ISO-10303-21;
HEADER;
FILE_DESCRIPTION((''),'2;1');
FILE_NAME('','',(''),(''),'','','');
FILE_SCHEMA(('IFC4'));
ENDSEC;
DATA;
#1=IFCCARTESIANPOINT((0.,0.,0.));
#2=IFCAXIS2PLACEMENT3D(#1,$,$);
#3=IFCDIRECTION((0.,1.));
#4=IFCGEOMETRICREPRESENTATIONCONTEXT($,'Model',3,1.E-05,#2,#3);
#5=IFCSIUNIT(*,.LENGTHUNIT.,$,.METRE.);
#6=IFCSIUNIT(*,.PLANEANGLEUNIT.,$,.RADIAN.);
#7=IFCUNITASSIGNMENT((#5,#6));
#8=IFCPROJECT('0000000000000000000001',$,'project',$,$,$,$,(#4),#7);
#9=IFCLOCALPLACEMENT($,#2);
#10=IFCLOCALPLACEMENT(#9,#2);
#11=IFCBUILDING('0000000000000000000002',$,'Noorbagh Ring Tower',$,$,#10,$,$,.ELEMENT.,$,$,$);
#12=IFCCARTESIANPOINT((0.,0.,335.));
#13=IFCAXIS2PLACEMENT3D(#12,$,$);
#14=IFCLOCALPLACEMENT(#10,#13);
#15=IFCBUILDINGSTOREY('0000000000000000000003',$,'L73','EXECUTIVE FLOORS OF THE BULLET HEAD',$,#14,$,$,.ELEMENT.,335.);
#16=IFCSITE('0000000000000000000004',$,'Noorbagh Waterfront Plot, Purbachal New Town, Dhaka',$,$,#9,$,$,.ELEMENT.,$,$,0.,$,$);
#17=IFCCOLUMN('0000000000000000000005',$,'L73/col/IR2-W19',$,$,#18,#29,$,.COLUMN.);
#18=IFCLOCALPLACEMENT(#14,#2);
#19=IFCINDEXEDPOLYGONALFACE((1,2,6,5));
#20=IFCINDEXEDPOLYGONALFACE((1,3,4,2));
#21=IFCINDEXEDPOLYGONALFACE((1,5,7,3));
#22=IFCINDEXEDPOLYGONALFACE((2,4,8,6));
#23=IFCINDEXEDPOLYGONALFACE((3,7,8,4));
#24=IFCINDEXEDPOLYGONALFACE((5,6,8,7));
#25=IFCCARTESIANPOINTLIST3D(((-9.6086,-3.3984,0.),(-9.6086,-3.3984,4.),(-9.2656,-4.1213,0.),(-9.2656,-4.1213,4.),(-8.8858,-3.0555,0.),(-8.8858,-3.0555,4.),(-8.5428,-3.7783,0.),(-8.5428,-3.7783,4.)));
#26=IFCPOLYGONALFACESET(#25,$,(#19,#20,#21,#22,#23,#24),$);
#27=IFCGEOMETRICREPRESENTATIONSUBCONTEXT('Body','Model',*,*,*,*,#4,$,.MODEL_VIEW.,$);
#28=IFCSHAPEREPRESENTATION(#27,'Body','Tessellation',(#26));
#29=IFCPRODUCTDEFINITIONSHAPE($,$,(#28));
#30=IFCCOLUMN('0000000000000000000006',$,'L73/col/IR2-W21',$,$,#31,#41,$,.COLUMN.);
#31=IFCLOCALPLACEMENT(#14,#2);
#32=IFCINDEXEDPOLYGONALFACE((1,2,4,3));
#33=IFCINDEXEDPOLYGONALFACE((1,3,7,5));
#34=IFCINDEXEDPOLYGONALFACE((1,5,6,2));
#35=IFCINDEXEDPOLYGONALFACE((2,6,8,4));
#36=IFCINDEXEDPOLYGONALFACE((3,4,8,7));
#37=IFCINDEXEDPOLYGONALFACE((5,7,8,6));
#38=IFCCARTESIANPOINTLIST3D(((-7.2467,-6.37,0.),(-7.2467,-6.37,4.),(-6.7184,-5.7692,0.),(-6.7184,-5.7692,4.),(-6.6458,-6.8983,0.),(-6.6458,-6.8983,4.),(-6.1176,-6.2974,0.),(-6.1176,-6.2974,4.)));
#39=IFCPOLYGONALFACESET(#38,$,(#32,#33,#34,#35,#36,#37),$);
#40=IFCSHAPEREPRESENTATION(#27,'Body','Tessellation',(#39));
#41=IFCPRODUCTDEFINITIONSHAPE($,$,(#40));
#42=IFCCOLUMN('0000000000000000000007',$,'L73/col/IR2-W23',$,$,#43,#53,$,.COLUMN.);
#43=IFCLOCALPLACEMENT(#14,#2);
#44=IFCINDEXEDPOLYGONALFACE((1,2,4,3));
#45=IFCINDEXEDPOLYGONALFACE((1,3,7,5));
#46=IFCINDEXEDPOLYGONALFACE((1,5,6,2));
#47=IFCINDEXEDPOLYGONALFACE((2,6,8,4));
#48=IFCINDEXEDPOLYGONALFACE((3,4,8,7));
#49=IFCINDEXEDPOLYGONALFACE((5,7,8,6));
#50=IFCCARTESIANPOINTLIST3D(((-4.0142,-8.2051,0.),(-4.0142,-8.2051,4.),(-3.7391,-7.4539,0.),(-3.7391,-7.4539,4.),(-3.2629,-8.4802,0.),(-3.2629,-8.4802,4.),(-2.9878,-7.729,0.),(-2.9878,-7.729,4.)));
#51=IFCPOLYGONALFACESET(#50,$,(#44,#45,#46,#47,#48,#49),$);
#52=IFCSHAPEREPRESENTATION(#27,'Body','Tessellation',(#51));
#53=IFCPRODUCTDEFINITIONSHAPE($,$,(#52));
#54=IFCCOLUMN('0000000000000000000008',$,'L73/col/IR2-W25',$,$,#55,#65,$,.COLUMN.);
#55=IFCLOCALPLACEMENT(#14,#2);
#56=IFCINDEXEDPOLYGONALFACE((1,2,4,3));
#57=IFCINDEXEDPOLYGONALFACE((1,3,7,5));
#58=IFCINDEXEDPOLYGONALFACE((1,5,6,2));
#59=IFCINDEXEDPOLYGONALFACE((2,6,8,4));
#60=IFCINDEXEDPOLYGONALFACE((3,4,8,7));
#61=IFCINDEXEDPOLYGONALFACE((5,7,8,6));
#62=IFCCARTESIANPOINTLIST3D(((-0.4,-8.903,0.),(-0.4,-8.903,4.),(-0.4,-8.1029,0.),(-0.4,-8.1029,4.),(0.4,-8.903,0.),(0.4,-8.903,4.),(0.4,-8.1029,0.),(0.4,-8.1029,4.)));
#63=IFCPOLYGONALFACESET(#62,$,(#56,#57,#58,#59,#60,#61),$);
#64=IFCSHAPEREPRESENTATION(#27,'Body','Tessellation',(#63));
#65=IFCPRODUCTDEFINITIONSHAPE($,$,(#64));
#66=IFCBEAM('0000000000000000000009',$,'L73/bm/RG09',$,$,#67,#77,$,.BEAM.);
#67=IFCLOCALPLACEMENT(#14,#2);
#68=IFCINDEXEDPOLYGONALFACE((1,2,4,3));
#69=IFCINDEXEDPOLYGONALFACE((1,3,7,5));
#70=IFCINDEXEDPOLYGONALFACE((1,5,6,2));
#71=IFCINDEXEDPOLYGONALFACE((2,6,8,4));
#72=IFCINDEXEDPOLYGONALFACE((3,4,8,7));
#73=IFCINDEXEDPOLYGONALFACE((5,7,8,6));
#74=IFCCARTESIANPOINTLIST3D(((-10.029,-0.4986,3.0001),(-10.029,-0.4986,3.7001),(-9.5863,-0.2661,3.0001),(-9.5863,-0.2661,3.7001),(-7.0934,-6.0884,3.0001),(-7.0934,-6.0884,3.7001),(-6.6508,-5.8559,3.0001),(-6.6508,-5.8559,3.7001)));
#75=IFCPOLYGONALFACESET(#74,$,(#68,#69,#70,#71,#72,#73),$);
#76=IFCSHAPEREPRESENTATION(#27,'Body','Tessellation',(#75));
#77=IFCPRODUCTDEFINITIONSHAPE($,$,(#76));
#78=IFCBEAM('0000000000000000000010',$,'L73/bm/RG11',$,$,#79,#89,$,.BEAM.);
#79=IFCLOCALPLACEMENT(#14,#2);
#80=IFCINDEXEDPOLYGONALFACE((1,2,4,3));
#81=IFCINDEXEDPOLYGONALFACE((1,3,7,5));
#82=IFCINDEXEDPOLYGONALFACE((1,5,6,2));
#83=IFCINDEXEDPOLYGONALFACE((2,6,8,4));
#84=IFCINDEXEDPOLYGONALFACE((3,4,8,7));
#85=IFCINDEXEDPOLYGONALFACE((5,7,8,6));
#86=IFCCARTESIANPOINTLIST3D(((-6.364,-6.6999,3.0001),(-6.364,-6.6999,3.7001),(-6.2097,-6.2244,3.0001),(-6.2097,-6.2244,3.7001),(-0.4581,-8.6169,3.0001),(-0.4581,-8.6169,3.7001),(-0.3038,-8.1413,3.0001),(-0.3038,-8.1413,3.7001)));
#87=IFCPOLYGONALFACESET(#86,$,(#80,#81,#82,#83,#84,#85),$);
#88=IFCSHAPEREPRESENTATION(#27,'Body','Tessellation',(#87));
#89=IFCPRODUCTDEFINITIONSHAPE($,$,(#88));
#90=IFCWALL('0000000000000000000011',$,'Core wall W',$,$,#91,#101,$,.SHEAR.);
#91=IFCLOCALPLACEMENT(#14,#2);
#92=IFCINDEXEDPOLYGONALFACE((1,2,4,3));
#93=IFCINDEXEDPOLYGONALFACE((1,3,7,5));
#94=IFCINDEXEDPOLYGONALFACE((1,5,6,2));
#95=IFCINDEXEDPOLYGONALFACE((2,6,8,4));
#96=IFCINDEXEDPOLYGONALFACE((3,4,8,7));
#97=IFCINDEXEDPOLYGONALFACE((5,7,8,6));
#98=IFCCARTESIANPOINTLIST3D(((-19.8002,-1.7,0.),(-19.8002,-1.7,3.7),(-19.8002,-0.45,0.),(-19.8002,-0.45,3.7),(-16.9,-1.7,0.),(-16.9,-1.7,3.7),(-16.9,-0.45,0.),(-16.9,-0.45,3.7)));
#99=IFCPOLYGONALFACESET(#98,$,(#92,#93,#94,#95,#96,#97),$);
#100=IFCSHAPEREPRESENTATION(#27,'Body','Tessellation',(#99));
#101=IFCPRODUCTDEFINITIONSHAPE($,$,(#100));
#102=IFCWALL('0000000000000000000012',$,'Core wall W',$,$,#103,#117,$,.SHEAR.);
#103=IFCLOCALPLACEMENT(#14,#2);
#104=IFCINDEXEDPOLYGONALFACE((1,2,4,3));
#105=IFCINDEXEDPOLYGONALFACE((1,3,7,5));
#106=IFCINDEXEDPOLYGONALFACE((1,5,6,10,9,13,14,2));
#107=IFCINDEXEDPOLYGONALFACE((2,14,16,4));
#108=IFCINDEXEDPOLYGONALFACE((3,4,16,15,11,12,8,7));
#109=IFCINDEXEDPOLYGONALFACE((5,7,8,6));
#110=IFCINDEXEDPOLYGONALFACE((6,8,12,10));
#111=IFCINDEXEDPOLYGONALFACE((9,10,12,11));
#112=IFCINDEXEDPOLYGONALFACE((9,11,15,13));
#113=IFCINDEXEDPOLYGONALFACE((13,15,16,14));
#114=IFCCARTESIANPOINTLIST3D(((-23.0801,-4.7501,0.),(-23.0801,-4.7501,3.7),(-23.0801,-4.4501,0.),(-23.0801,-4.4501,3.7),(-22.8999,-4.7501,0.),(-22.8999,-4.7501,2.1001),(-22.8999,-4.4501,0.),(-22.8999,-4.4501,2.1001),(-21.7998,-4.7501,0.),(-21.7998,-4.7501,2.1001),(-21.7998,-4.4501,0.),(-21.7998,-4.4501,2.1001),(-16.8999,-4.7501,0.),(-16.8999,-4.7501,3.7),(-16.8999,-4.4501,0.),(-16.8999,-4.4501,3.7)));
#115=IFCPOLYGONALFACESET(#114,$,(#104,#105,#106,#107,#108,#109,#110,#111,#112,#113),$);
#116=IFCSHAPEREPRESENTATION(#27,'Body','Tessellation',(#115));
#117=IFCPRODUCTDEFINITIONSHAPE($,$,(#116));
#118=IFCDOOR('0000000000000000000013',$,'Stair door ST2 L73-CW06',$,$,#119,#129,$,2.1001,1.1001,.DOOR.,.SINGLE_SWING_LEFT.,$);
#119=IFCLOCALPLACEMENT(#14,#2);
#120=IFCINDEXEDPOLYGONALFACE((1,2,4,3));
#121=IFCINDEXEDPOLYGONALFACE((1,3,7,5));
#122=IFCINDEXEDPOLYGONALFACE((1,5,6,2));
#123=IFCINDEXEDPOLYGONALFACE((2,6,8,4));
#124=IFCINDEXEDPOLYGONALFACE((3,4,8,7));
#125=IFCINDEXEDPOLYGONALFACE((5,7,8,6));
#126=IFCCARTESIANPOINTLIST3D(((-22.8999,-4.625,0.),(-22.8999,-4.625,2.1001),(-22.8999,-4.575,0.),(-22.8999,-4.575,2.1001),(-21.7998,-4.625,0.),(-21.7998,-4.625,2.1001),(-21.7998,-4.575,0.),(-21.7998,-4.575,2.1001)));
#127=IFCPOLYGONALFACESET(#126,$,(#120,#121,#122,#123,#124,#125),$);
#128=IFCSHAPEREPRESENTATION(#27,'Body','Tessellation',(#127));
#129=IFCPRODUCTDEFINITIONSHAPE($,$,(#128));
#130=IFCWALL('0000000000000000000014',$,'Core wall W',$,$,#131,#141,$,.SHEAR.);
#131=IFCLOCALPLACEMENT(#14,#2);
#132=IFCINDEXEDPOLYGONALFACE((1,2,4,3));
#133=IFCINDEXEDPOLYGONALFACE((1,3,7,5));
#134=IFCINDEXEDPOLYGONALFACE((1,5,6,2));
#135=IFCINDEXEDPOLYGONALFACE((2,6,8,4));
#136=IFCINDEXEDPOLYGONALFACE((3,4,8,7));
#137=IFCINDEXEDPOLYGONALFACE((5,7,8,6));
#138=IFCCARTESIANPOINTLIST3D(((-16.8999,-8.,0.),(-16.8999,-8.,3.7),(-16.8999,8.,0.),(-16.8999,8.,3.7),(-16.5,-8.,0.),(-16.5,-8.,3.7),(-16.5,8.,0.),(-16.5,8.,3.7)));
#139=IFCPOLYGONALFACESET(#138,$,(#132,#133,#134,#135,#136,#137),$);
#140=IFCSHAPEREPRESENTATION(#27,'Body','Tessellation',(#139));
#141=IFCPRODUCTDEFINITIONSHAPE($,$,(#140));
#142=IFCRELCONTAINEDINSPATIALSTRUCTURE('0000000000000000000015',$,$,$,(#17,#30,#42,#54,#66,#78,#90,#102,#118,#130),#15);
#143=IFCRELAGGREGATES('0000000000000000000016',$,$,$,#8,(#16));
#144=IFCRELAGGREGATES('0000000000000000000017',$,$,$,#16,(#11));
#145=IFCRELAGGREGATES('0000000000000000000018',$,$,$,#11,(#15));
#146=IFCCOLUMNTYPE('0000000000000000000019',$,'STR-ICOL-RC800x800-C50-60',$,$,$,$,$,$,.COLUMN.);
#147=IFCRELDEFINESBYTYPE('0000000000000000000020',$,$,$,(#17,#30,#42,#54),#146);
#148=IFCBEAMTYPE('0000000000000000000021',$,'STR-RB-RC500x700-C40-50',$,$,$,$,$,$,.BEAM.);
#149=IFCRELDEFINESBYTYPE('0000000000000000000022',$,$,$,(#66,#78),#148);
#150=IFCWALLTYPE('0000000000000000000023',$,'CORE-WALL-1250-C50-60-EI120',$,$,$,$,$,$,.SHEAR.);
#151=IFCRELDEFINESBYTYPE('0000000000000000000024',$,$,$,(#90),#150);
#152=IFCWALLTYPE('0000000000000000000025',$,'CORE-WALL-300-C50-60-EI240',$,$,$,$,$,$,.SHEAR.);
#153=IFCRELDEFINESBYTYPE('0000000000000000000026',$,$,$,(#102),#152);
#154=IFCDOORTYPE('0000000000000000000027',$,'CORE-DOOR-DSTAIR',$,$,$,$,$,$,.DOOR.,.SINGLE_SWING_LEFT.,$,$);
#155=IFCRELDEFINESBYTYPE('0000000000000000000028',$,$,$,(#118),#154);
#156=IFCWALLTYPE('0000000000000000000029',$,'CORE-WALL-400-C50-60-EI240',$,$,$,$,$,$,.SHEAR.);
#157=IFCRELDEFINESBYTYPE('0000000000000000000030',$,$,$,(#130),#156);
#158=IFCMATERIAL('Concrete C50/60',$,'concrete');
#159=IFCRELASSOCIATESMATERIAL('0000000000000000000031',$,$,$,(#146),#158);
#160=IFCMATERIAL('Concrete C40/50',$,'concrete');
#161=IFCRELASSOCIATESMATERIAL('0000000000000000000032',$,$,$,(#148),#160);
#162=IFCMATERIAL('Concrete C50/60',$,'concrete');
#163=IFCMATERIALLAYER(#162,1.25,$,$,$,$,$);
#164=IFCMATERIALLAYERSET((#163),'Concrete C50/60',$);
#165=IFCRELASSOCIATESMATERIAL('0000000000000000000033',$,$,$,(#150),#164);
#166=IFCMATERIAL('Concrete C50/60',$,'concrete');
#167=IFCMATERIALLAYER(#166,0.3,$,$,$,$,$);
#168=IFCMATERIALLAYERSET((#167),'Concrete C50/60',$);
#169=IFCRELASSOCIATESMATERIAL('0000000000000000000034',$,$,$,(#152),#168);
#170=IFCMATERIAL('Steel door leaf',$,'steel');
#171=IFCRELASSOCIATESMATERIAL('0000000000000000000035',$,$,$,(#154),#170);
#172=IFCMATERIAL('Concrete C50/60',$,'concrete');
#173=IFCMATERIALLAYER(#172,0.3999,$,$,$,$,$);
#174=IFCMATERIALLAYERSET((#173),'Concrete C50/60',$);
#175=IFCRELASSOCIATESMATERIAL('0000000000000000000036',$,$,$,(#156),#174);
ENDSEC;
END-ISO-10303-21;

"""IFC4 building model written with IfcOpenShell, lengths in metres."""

from ifc_helpers import new_model, si_unit, direction, frame, frame_2d, origin, origin_2d, place, context, subcontext, project, spatial, rectangle, extrude, material, layer, layer_set, material_profile, profile_set, type_object, element, fill, save


model = new_model("IFC4")

# Units and contexts
model_context = context("Model", 3, precision=1e-05, world=origin(), true_north=direction((0.0, 1.0)))
body_context = subcontext(model_context, "Body", "Model", "MODEL_VIEW")
ifc_project = project(units=[si_unit("LENGTHUNIT", "METRE"), si_unit("PLANEANGLEUNIT", "RADIAN")], contexts=[model_context])

# Site, building, storey
site_placement = place(None, origin())
site = spatial("IfcSite", under=ifc_project, at=site_placement, Name="Noorbagh Waterfront Plot, Purbachal New Town, Dhaka", CompositionType="ELEMENT", RefElevation=0.0)
building_placement = place(site_placement, origin())
building = spatial("IfcBuilding", under=site, at=building_placement, Name="Noorbagh Ring Tower", CompositionType="ELEMENT")
storey_placement = place(building_placement, frame((0.0, 0.0, 335.0)))
storey = spatial("IfcBuildingStorey", under=building, at=storey_placement, Name="L73", Description="EXECUTIVE FLOORS OF THE BULLET HEAD", CompositionType="ELEMENT", Elevation=335.0)

# Columns
ifc_material_1 = material(Name="Concrete C50/60", Category="concrete")
ifc_material_profile_1 = material_profile(ifc_material_1, rectangle(XDim=0.8, YDim=0.8, at=origin_2d()), Name="RC800x800")
ifc_profile_set_1 = profile_set([ifc_material_profile_1], Name="Concrete C50/60")
column_type = type_object("IfcColumnType", Name="STR-ICOL-RC800x800-C50-60", PredefinedType="COLUMN", material=ifc_profile_set_1)
for number, where, z_axis, x_axis, name in (
    (1, (-9.0757, -3.5884, 0.0), (0.0, 0.0, 1.0), (0.428667, -0.903463, 0.0), "L73/col/IR2-W19"),
    (2, (-6.6821, -6.3337, 0.0), (0.0, 0.0, 1.0), (0.751022, -0.660277, 0.0), "L73/col/IR2-W21"),
    (3, (-3.501, -7.967, 0.0), (0.0, 0.0, 1.0), (0.93902, -0.343864, 0.0), "L73/col/IR2-W23"),
    (4, (0.0, -8.5029, 0.0), (0.0, 0.0, 1.0), (1.0, 0.0, 0.0), "L73/col/IR2-W25"),
):
    element("IfcColumn", number, at=place(storey_placement, frame(where, z_axis=z_axis, x_axis=x_axis)), inside=storey, type_object=column_type, Name=name, PredefinedType="COLUMN", context=body_context, shape_type="SweptSolid", body=[
        extrude(rectangle(XDim=0.8, YDim=0.8, at=origin_2d()), origin(), (0.0, 0.0, 1.0), 4.0),
    ])

# Beams
ifc_material_2 = material(Name="Concrete C40/50", Category="concrete")
ifc_material_profile_2 = material_profile(ifc_material_2, rectangle(XDim=0.5, YDim=0.7, at=origin_2d()), Name="RC500x700")
ifc_profile_set_2 = profile_set([ifc_material_profile_2], Name="Concrete C40/50")
beam_type = type_object("IfcBeamType", Name="STR-RB-RC500x700-C40-50", PredefinedType="BEAM", material=ifc_profile_set_2)
beam_1_placement = place(storey_placement, frame((-9.8076, -0.3823, 3.3501), z_axis=(0.464943, -0.885341, 0.0), x_axis=(0.885341, 0.464943, 0.0)))
element("IfcBeam", 5, at=beam_1_placement, inside=storey, type_object=beam_type, Name="L73/bm/RG09", PredefinedType="BEAM", context=body_context, shape_type="SweptSolid", body=[
    extrude(rectangle(XDim=0.5, YDim=0.7, at=origin_2d()), origin(), (0.0, 0.0, 1.0), 6.3137),
])
beam_2_placement = place(storey_placement, frame((-6.2869, -6.4622, 3.3501), z_axis=(0.95115, -0.308728, 0.0), x_axis=(0.308728, 0.95115, 0.0)))
element("IfcBeam", 6, at=beam_2_placement, inside=storey, type_object=beam_type, Name="L73/bm/RG11", PredefinedType="BEAM", context=body_context, shape_type="SweptSolid", body=[
    extrude(rectangle(XDim=0.5, YDim=0.7, at=origin_2d()), origin(), (0.0, 0.0, 1.0), 6.2092),
])

# Wall
ifc_material_3 = material(Name="Concrete C50/60", Category="concrete")
ifc_layer_1 = layer(ifc_material_3, 1.25)
ifc_layer_set_1 = layer_set([ifc_layer_1], Name="Concrete C50/60")
wall_type_1 = type_object("IfcWallType", Name="CORE-WALL-1250-C50-60-EI120", PredefinedType="SHEAR", material=ifc_layer_set_1)
wall_1_placement = place(storey_placement, frame((-16.8999, -1.075, 0.0), z_axis=(0.0, 0.0, 1.0), x_axis=(-1.0, 0.0, 0.0)))
element("IfcWall", 7, at=wall_1_placement, inside=storey, type_object=wall_type_1, Name="Core wall W", PredefinedType="SHEAR", context=body_context, shape_type="SweptSolid", body=[
    extrude(rectangle(XDim=2.9001, YDim=1.25, at=frame_2d((1.4502, 0.0))), origin(), (0.0, 0.0, 1.0), 3.7),
])

# Wall, opening, door
ifc_material_4 = material(Name="Concrete C50/60", Category="concrete")
ifc_layer_2 = layer(ifc_material_4, 0.3)
ifc_layer_set_2 = layer_set([ifc_layer_2], Name="Concrete C50/60")
wall_type_2 = type_object("IfcWallType", Name="CORE-WALL-300-C50-60-EI240", PredefinedType="SHEAR", material=ifc_layer_set_2)
wall_2_placement = place(storey_placement, frame((-16.8999, -4.6001, 0.0), z_axis=(0.0, 0.0, 1.0), x_axis=(-1.0, 0.0, 0.0)))
wall_2 = element("IfcWall", 8, at=wall_2_placement, inside=storey, type_object=wall_type_2, Name="Core wall W", PredefinedType="SHEAR", context=body_context, shape_type="SweptSolid", body=[
    extrude(rectangle(XDim=6.1802, YDim=0.3, at=frame_2d((3.0901, 0.0))), origin(), (0.0, 0.0, 1.0), 3.7),
])
opening_1_placement = place(wall_2_placement, frame((4.8999, 0.0, 0.0)))
opening_1 = element("IfcOpeningElement", 9, at=opening_1_placement, cuts=wall_2, PredefinedType="OPENING", context=body_context, shape_type="SweptSolid", body=[
    extrude(rectangle(XDim=1.1001, YDim=2.1001, at=frame_2d((0.55, 1.05))), frame((0.0, 0.1602, 0.0), z_axis=(0.0, -1.0, 0.0), x_axis=(1.0, 0.0, 0.0)), (0.0, 0.0, 1.0), 0.3201),
])
ifc_material_5 = material(Name="Steel door leaf", Category="steel")
door_type_1 = type_object("IfcDoorType", Name="CORE-DOOR-DSTAIR", OperationType="SINGLE_SWING_LEFT", PredefinedType="DOOR", material=ifc_material_5)
door_1_placement = place(opening_1_placement, origin())
door_1 = element("IfcDoor", 10, at=door_1_placement, inside=storey, type_object=door_type_1, Name="Stair door ST2 L73-CW06", OperationType="SINGLE_SWING_LEFT", OverallHeight=2.1001, OverallWidth=1.1001, PredefinedType="DOOR", context=body_context, shape_type="SweptSolid", body=[
    extrude(rectangle(XDim=1.1001, YDim=2.1001, at=frame_2d((0.55, 1.05))), frame((0.0, 0.0249, 0.0), z_axis=(0.0, -1.0, 0.0), x_axis=(1.0, 0.0, 0.0)), (0.0, 0.0, 1.0), 0.05),
])
fill(opening_1, door_1)

# Wall
ifc_material_6 = material(Name="Concrete C50/60", Category="concrete")
ifc_layer_3 = layer(ifc_material_6, 0.3999)
ifc_layer_set_3 = layer_set([ifc_layer_3], Name="Concrete C50/60")
wall_type_3 = type_object("IfcWallType", Name="CORE-WALL-400-C50-60-EI240", PredefinedType="SHEAR", material=ifc_layer_set_3)
wall_3_placement = place(storey_placement, frame((-16.7, -8.0, 0.0), z_axis=(0.0, 0.0, 1.0), x_axis=(0.0, 1.0, 0.0)))
element("IfcWall", 11, at=wall_3_placement, inside=storey, type_object=wall_type_3, Name="Core wall W", PredefinedType="SHEAR", context=body_context, shape_type="SweptSolid", body=[
    extrude(rectangle(XDim=16.0, YDim=0.3999, at=frame_2d((8.0, 0.0))), origin(), (0.0, 0.0, 1.0), 3.7),
])

save(model, "model.ifc")
